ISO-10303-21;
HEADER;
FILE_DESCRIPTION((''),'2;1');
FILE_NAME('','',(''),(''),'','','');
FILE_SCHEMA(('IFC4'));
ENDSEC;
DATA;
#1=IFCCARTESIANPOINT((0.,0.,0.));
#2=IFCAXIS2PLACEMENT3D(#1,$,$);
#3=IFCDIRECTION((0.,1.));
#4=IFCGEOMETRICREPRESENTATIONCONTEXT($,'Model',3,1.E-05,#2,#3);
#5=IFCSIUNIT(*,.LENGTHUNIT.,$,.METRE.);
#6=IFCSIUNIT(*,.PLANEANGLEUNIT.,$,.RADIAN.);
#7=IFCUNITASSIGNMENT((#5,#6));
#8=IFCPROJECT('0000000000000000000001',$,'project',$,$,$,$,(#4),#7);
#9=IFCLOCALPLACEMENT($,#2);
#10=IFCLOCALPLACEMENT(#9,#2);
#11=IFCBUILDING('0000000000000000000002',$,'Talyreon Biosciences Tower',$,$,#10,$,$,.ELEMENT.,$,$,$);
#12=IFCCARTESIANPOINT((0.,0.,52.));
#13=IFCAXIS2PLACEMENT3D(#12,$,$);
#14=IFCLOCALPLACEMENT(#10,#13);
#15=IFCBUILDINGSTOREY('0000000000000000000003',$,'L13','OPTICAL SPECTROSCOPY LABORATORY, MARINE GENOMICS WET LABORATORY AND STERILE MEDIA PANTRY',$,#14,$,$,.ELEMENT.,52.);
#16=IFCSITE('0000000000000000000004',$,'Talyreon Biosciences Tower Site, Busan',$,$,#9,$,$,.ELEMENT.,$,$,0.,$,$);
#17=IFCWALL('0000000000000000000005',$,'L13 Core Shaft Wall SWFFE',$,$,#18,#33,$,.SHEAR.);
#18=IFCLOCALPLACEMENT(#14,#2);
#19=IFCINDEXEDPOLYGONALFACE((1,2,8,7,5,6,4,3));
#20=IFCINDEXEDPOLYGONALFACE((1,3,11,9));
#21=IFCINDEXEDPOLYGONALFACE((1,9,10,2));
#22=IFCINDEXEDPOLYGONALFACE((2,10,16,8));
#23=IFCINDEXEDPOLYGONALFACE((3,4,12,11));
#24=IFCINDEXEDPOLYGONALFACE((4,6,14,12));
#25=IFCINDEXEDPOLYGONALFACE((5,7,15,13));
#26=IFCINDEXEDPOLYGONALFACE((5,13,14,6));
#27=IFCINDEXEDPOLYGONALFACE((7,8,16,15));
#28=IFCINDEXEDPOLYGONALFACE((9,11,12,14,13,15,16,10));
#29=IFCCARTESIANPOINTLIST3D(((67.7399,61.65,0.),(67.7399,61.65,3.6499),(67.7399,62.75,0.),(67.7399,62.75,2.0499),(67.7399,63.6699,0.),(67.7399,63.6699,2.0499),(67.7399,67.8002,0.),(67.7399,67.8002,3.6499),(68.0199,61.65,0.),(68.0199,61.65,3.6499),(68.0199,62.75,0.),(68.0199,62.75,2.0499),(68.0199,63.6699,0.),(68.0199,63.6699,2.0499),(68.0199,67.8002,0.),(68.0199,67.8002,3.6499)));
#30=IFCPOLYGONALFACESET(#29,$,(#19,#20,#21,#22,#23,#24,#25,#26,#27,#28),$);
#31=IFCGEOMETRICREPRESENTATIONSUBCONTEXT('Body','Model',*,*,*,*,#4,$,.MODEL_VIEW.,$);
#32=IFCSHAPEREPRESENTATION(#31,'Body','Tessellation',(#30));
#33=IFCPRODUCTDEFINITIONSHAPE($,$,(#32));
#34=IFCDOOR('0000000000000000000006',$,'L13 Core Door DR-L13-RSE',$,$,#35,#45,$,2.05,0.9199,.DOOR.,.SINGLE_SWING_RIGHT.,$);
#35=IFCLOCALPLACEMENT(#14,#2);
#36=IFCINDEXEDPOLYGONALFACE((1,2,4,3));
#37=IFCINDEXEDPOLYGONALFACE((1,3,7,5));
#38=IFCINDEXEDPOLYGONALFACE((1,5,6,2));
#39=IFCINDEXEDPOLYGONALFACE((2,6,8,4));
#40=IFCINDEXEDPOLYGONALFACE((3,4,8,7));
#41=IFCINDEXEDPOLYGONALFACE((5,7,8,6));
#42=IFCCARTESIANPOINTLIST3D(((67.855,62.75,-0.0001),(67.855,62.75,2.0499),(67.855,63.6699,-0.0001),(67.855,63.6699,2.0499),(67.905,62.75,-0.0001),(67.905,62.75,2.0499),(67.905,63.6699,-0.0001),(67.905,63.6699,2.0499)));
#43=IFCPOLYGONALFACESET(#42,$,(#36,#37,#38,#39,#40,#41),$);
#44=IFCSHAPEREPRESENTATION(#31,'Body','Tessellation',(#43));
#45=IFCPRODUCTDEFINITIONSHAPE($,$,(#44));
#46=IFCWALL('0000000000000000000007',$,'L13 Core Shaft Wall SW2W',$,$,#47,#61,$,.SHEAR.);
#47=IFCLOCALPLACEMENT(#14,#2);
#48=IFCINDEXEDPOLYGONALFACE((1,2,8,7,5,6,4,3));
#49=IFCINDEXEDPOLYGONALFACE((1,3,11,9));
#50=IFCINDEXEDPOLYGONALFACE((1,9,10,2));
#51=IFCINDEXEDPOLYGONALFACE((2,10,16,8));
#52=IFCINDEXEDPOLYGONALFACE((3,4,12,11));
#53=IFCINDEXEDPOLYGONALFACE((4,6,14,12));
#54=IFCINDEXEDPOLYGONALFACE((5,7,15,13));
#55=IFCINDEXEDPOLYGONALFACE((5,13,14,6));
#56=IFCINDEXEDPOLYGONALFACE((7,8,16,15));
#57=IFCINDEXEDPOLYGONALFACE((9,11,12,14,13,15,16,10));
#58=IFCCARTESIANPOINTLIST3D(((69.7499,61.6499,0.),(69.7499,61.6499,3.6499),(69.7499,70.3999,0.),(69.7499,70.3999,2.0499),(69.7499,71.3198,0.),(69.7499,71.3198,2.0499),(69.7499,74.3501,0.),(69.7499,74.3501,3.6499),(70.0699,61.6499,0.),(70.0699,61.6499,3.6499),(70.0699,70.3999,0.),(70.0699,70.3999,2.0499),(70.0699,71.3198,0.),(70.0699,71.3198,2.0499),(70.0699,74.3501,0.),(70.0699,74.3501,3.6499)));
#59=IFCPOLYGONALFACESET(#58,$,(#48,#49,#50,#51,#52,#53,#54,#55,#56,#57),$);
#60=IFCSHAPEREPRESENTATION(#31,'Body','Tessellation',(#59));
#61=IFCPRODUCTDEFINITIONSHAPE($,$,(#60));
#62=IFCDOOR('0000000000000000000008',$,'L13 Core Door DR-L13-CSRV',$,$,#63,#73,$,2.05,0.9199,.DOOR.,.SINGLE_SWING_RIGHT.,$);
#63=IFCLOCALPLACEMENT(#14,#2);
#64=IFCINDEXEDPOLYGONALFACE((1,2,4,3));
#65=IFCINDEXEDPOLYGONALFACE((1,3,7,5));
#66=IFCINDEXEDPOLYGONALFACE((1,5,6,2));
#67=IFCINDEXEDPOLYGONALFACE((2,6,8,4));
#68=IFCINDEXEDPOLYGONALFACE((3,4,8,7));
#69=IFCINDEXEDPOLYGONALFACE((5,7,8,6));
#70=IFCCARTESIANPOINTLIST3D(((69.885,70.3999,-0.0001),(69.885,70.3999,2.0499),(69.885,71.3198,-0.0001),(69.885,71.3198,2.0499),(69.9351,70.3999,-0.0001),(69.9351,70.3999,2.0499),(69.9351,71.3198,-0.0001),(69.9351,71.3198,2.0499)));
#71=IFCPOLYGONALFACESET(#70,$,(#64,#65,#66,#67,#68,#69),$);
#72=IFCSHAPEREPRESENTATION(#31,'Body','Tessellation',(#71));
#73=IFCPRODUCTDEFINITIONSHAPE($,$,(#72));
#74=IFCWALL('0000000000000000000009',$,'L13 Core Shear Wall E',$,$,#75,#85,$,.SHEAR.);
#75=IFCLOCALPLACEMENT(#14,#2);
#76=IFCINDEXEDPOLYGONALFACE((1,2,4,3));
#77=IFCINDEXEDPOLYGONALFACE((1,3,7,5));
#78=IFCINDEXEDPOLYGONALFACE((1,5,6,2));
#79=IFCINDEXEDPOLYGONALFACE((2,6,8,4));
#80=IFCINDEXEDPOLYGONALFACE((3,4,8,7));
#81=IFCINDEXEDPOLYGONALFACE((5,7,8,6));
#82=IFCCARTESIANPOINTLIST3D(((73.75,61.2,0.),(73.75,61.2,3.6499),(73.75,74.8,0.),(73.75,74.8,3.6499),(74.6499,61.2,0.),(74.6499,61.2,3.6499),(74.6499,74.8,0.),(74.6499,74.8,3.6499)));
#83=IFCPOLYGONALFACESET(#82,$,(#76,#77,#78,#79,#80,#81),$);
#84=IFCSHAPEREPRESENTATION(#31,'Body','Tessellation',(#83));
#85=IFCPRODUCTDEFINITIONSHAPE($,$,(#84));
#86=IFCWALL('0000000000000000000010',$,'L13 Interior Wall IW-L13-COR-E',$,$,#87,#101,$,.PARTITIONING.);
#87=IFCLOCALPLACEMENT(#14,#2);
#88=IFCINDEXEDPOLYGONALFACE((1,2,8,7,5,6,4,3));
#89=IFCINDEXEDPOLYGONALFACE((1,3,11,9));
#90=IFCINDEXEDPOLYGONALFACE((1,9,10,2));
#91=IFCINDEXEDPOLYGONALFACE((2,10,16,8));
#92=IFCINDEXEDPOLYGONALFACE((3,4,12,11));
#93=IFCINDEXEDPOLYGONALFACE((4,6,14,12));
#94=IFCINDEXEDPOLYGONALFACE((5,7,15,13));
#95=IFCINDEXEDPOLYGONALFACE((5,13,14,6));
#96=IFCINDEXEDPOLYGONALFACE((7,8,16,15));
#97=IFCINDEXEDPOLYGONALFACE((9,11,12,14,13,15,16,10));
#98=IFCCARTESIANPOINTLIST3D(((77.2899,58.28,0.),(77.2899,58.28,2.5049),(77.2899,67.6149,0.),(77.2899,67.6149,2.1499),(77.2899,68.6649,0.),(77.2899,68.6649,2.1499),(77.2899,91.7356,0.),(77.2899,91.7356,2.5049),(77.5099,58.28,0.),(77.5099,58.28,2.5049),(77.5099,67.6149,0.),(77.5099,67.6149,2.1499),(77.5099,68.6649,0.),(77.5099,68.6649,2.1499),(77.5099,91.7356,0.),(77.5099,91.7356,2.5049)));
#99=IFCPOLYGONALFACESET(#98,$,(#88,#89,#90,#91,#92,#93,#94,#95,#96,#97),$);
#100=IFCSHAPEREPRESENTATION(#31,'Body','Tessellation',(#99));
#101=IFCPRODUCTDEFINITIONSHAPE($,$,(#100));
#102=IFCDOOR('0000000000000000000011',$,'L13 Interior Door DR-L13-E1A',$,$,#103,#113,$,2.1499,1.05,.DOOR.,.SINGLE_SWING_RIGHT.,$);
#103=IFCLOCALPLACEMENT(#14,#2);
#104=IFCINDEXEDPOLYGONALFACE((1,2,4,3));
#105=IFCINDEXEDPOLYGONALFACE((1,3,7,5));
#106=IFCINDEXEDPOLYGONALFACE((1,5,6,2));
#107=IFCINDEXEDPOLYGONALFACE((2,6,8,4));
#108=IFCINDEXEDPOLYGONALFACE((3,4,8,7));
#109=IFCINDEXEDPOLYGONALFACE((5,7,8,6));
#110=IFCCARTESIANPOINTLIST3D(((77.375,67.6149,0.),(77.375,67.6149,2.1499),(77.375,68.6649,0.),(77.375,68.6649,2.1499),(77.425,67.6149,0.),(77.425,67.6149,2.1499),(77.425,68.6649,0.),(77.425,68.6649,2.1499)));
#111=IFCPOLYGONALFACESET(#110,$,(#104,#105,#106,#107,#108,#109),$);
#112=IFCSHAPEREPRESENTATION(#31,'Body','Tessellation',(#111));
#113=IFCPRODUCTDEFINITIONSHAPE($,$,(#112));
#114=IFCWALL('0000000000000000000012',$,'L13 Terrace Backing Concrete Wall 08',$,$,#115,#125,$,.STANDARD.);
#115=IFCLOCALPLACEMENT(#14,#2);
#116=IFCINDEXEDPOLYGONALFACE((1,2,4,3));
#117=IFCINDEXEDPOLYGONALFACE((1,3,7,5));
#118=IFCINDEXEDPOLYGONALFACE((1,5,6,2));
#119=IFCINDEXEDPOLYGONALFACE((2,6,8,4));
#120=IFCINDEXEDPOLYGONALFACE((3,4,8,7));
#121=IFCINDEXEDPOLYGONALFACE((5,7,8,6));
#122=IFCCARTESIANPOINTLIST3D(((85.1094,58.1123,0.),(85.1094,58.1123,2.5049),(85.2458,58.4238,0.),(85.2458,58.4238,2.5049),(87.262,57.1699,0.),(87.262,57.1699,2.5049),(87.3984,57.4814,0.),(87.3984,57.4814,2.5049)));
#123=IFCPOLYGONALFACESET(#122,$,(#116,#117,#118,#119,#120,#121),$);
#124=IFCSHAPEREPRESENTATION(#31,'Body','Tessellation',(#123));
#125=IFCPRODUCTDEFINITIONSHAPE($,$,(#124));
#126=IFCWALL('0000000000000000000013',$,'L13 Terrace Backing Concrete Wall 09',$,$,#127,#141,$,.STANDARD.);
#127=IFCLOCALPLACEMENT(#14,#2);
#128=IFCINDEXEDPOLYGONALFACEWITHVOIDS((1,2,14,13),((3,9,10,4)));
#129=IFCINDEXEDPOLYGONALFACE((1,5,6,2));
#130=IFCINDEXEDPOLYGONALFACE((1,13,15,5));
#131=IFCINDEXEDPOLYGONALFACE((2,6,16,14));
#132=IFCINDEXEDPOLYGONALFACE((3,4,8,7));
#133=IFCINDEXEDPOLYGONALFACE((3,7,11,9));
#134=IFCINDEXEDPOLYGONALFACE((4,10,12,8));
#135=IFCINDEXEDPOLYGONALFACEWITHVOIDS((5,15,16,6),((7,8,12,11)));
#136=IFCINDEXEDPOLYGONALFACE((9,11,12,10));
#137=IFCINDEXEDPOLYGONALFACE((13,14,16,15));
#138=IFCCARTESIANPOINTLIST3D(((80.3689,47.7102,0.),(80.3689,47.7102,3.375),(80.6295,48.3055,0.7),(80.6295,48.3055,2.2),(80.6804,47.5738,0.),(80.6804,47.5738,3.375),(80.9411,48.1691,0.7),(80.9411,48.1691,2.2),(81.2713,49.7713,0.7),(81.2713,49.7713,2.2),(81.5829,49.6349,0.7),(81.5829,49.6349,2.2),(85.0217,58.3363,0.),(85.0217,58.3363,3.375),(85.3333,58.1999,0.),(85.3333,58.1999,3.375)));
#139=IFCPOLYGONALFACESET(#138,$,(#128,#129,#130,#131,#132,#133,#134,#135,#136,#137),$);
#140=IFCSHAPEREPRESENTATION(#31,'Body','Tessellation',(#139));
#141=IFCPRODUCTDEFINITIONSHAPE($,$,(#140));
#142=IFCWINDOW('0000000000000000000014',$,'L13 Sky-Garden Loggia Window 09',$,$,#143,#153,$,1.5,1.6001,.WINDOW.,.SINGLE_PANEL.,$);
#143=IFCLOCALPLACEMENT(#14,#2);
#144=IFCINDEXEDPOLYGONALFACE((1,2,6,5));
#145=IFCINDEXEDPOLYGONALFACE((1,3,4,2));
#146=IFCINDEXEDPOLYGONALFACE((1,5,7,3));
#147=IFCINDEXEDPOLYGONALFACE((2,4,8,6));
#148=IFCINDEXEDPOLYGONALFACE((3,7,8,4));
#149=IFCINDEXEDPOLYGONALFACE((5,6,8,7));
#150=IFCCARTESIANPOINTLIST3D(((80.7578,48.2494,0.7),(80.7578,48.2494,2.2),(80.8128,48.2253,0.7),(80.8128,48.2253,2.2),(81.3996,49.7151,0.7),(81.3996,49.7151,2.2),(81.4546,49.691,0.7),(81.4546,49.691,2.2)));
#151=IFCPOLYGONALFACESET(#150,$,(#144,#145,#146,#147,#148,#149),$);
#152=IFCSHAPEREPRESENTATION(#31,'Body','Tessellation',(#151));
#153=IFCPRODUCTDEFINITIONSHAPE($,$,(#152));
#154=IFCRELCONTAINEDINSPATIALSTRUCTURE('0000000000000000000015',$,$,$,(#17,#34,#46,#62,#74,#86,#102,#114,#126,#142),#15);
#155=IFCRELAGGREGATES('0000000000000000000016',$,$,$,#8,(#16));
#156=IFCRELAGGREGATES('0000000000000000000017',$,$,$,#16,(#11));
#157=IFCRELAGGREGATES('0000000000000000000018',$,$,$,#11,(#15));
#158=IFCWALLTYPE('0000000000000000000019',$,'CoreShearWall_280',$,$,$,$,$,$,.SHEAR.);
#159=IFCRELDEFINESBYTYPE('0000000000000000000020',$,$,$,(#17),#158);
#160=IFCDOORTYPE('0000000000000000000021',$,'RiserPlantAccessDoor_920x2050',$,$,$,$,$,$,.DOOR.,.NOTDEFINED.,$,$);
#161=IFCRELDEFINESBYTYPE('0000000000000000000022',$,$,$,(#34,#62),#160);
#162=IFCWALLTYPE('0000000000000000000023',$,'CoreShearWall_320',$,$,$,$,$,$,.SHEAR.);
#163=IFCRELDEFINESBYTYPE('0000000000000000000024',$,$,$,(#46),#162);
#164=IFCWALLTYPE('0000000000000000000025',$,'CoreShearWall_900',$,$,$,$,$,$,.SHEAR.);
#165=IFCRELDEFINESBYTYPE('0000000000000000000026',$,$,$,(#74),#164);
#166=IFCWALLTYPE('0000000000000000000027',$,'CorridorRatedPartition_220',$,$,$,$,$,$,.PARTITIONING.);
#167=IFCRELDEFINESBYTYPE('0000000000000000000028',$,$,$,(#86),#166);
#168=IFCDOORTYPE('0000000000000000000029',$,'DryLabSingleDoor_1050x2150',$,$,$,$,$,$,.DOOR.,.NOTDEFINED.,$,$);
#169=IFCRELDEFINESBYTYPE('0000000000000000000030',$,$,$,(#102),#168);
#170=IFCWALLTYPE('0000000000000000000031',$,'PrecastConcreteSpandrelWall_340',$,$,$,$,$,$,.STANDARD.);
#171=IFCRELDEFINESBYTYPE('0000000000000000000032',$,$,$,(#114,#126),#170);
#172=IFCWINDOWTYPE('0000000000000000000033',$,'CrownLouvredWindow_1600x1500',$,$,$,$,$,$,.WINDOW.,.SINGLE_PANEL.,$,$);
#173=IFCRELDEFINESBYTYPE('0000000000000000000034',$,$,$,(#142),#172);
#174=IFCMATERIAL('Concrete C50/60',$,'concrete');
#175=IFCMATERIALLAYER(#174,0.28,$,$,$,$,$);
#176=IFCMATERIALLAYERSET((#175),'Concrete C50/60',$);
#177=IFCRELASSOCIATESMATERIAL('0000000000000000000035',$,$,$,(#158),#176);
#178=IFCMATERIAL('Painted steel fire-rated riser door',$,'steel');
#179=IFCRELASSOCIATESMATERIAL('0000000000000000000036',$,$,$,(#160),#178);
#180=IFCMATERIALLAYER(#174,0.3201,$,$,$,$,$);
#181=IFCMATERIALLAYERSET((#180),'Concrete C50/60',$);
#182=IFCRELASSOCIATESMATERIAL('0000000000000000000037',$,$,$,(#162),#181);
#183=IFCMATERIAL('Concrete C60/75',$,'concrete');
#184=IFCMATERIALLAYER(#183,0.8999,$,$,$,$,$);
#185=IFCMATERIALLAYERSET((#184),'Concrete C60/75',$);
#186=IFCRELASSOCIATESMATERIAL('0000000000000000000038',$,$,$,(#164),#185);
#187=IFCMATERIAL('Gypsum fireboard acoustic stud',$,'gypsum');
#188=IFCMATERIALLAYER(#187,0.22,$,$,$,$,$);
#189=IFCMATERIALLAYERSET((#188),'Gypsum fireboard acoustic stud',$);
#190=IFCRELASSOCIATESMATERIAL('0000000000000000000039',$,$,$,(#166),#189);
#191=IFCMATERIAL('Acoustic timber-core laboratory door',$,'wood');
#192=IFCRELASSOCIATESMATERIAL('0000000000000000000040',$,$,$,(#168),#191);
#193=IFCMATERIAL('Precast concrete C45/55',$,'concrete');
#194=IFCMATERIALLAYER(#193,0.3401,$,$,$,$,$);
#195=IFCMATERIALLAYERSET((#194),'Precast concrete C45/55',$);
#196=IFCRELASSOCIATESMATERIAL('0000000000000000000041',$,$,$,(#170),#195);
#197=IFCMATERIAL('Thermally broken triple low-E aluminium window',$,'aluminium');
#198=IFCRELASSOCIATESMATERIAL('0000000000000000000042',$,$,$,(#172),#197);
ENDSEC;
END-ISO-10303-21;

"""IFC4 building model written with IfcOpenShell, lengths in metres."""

from ifc_helpers import new_model, si_unit, direction, frame, frame_2d, origin, place, context, subcontext, project, spatial, rectangle, extrude, material, layer, layer_set, type_object, element, fill, save


model = new_model("IFC4")

# Units and contexts
model_context = context("Model", 3, precision=1e-05, world=origin(), true_north=direction((0.0, 1.0)))
body_context = subcontext(model_context, "Body", "Model", "MODEL_VIEW")
ifc_project = project(units=[si_unit("LENGTHUNIT", "METRE"), si_unit("PLANEANGLEUNIT", "RADIAN")], contexts=[model_context])

# Site, building, storey
site_placement = place(None, origin())
site = spatial("IfcSite", under=ifc_project, at=site_placement, Name="Talyreon Biosciences Tower Site, Busan", CompositionType="ELEMENT", RefElevation=0.0)
building_placement = place(site_placement, origin())
building = spatial("IfcBuilding", under=site, at=building_placement, Name="Talyreon Biosciences Tower", CompositionType="ELEMENT")
storey_placement = place(building_placement, frame((0.0, 0.0, 52.0)))
storey = spatial("IfcBuildingStorey", under=building, at=storey_placement, Name="L13", Description="OPTICAL SPECTROSCOPY LABORATORY, MARINE GENOMICS WET LABORATORY AND STERILE MEDIA PANTRY", CompositionType="ELEMENT", Elevation=52.0)

# Shared definitions
ifc_material_1 = material(Name="Concrete C60/75", Category="concrete")

# Walls, openings, doors
ifc_material_2 = material(Name="Concrete C50/60", Category="concrete")
ifc_layer_1 = layer(ifc_material_2, 0.28)
ifc_layer_set_1 = layer_set([ifc_layer_1], Name="Concrete C50/60")
wall_type_1 = type_object("IfcWallType", Name="CoreShearWall_280", PredefinedType="SHEAR", material=ifc_layer_set_1)
wall_1_placement = place(storey_placement, frame((67.8799, 61.6499, 0.0), z_axis=(0.0, 0.0, 1.0), x_axis=(0.0, 1.0, 0.0)))
wall_1 = element("IfcWall", 1, at=wall_1_placement, inside=storey, type_object=wall_type_1, Name="L13 Core Shaft Wall SWFFE", PredefinedType="SHEAR", context=body_context, shape_type="SweptSolid", body=[
    extrude(rectangle(XDim=6.1501, YDim=0.28, at=frame_2d((3.0752, 0.0))), origin(), (0.0, 0.0, 1.0), 3.6499),
])
opening_1_placement = place(wall_1_placement, frame((1.1001, 0.0, 0.0)))
opening_1 = element("IfcOpeningElement", 2, at=opening_1_placement, cuts=wall_1, PredefinedType="OPENING", context=body_context, shape_type="SweptSolid", body=[
    extrude(rectangle(XDim=0.9199, YDim=2.05, at=frame_2d((0.46, 1.0249))), frame((0.0, 0.1499, 0.0), z_axis=(0.0, -1.0, 0.0), x_axis=(1.0, 0.0, 0.0)), (0.0, 0.0, 1.0), 0.3),
])
ifc_material_3 = material(Name="Painted steel fire-rated riser door", Category="steel")
door_type_1 = type_object("IfcDoorType", Name="RiserPlantAccessDoor_920x2050", OperationType="NOTDEFINED", PredefinedType="DOOR", material=ifc_material_3)
door_1_placement = place(opening_1_placement, origin())
door_1 = element("IfcDoor", 3, at=door_1_placement, inside=storey, type_object=door_type_1, Name="L13 Core Door DR-L13-RSE", OperationType="SINGLE_SWING_RIGHT", OverallHeight=2.05, OverallWidth=0.9199, PredefinedType="DOOR", context=body_context, shape_type="SweptSolid", body=[
    extrude(rectangle(XDim=0.9199, YDim=2.05, at=frame_2d((0.46, 1.0249))), frame((0.0, 0.0249, 0.0), z_axis=(0.0, -1.0, 0.0), x_axis=(1.0, 0.0, 0.0)), (0.0, 0.0, 1.0), 0.05),
])
fill(opening_1, door_1)
ifc_layer_2 = layer(ifc_material_2, 0.3201)
ifc_layer_set_2 = layer_set([ifc_layer_2], Name="Concrete C50/60")
wall_type_2 = type_object("IfcWallType", Name="CoreShearWall_320", PredefinedType="SHEAR", material=ifc_layer_set_2)
wall_2_placement = place(storey_placement, frame((69.9099, 61.6499, 0.0), z_axis=(0.0, 0.0, 1.0), x_axis=(0.0, 1.0, 0.0)))
wall_2 = element("IfcWall", 4, at=wall_2_placement, inside=storey, type_object=wall_type_2, Name="L13 Core Shaft Wall SW2W", PredefinedType="SHEAR", context=body_context, shape_type="SweptSolid", body=[
    extrude(rectangle(XDim=12.7002, YDim=0.3201, at=frame_2d((6.3501, 0.0))), origin(), (0.0, 0.0, 1.0), 3.6499),
])
opening_2_placement = place(wall_2_placement, frame((8.75, 0.0, 0.0)))
opening_2 = element("IfcOpeningElement", 5, at=opening_2_placement, cuts=wall_2, PredefinedType="OPENING", context=body_context, shape_type="SweptSolid", body=[
    extrude(rectangle(XDim=0.9199, YDim=2.05, at=frame_2d((0.46, 1.0249))), frame((0.0, 0.1699, 0.0), z_axis=(0.0, -1.0, 0.0), x_axis=(1.0, 0.0, 0.0)), (0.0, 0.0, 1.0), 0.3401),
])
door_2_placement = place(opening_2_placement, origin())
door_2 = element("IfcDoor", 6, at=door_2_placement, inside=storey, type_object=door_type_1, Name="L13 Core Door DR-L13-CSRV", OperationType="SINGLE_SWING_RIGHT", OverallHeight=2.05, OverallWidth=0.9199, PredefinedType="DOOR", context=body_context, shape_type="SweptSolid", body=[
    extrude(rectangle(XDim=0.9199, YDim=2.05, at=frame_2d((0.46, 1.0249))), frame((0.0, 0.0249, 0.0), z_axis=(0.0, -1.0, 0.0), x_axis=(1.0, 0.0, 0.0)), (0.0, 0.0, 1.0), 0.05),
])
fill(opening_2, door_2)

# Wall
ifc_layer_3 = layer(ifc_material_1, 0.8999)
ifc_layer_set_3 = layer_set([ifc_layer_3], Name="Concrete C60/75")
wall_type_3 = type_object("IfcWallType", Name="CoreShearWall_900", PredefinedType="SHEAR", material=ifc_layer_set_3)
wall_3_placement = place(storey_placement, frame((74.2, 61.2, 0.0), z_axis=(0.0, 0.0, 1.0), x_axis=(0.0, 1.0, 0.0)))
element("IfcWall", 7, at=wall_3_placement, inside=storey, type_object=wall_type_3, Name="L13 Core Shear Wall E", PredefinedType="SHEAR", context=body_context, shape_type="SweptSolid", body=[
    extrude(rectangle(XDim=13.6001, YDim=0.8999, at=frame_2d((6.8, 0.0))), origin(), (0.0, 0.0, 1.0), 3.6499),
])

# Wall, opening, door
ifc_material_4 = material(Name="Gypsum fireboard acoustic stud", Category="gypsum")
ifc_layer_4 = layer(ifc_material_4, 0.22)
ifc_layer_set_4 = layer_set([ifc_layer_4], Name="Gypsum fireboard acoustic stud")
wall_type_4 = type_object("IfcWallType", Name="CorridorRatedPartition_220", PredefinedType="PARTITIONING", material=ifc_layer_set_4)
wall_4_placement = place(storey_placement, frame((77.3999, 58.28, 0.0), z_axis=(0.0, 0.0, 1.0), x_axis=(0.0, 1.0, 0.0)))
wall_4 = element("IfcWall", 8, at=wall_4_placement, inside=storey, type_object=wall_type_4, Name="L13 Interior Wall IW-L13-COR-E", PredefinedType="PARTITIONING", context=body_context, shape_type="SweptSolid", body=[
    extrude(rectangle(XDim=33.4556, YDim=0.22, at=frame_2d((16.7278, 0.0))), origin(), (0.0, 0.0, 1.0), 2.5049),
])
opening_3_placement = place(wall_4_placement, frame((9.335, 0.0, 0.0)))
opening_3 = element("IfcOpeningElement", 9, at=opening_3_placement, cuts=wall_4, PredefinedType="OPENING", context=body_context, shape_type="SweptSolid", body=[
    extrude(rectangle(XDim=1.05, YDim=2.1499, at=frame_2d((0.5249, 1.075))), frame((0.0, 0.1199, 0.0), z_axis=(0.0, -1.0, 0.0), x_axis=(1.0, 0.0, 0.0)), (0.0, 0.0, 1.0), 0.24),
])
ifc_material_5 = material(Name="Acoustic timber-core laboratory door", Category="wood")
door_type_2 = type_object("IfcDoorType", Name="DryLabSingleDoor_1050x2150", OperationType="NOTDEFINED", PredefinedType="DOOR", material=ifc_material_5)
door_3_placement = place(opening_3_placement, origin())
door_3 = element("IfcDoor", 10, at=door_3_placement, inside=storey, type_object=door_type_2, Name="L13 Interior Door DR-L13-E1A", OperationType="SINGLE_SWING_RIGHT", OverallHeight=2.1499, OverallWidth=1.05, PredefinedType="DOOR", context=body_context, shape_type="SweptSolid", body=[
    extrude(rectangle(XDim=1.05, YDim=2.1499, at=frame_2d((0.5249, 1.075))), frame((0.0, 0.0249, 0.0), z_axis=(0.0, -1.0, 0.0), x_axis=(1.0, 0.0, 0.0)), (0.0, 0.0, 1.0), 0.05),
])
fill(opening_3, door_3)

# Wall
ifc_material_6 = material(Name="Precast concrete C45/55", Category="concrete")
ifc_layer_5 = layer(ifc_material_6, 0.3401)
ifc_layer_set_5 = layer_set([ifc_layer_5], Name="Precast concrete C45/55")
wall_type_5 = type_object("IfcWallType", Name="PrecastConcreteSpandrelWall_340", PredefinedType="STANDARD", material=ifc_layer_set_5)
wall_5_placement = place(storey_placement, frame((87.3301, 57.3257, 0.0), z_axis=(0.0, 0.0, 1.0), x_axis=(-0.91606, 0.401042, 0.0)))
element("IfcWall", 11, at=wall_5_placement, inside=storey, type_object=wall_type_5, Name="L13 Terrace Backing Concrete Wall 08", PredefinedType="STANDARD", context=body_context, shape_type="SweptSolid", body=[
    extrude(rectangle(XDim=2.3499, YDim=0.3401, at=frame_2d((1.1748, 0.0))), origin(), (0.0, 0.0, 1.0), 2.5049),
])

# Wall, opening, window
wall_6_placement = place(storey_placement, frame((85.1775, 58.2681, 0.0), z_axis=(0.0, 0.0, 1.0), x_axis=(-0.401106, -0.916032, 0.0)))
wall_6 = element("IfcWall", 12, at=wall_6_placement, inside=storey, type_object=wall_type_5, Name="L13 Terrace Backing Concrete Wall 09", PredefinedType="STANDARD", context=body_context, shape_type="SweptSolid", body=[
    extrude(rectangle(XDim=11.6001, YDim=0.3401, at=frame_2d((5.8, 0.0))), origin(), (0.0, 0.0, 1.0), 3.375),
])
opening_4_placement = place(wall_6_placement, frame((9.3501, 0.0, 0.7)))
opening_4 = element("IfcOpeningElement", 13, at=opening_4_placement, cuts=wall_6, PredefinedType="OPENING", context=body_context, shape_type="SweptSolid", body=[
    extrude(rectangle(XDim=1.6001, YDim=1.5, at=frame_2d((0.8, 0.75))), frame((0.0, 0.1799, 0.0), z_axis=(0.0, -1.0, 0.0), x_axis=(1.0, 0.0, 0.0)), (0.0, 0.0, 1.0), 0.3601),
])
ifc_material_7 = material(Name="Thermally broken triple low-E aluminium window", Category="aluminium")
window_type = type_object("IfcWindowType", Name="CrownLouvredWindow_1600x1500", PartitioningType="SINGLE_PANEL", PredefinedType="WINDOW", material=ifc_material_7)
window_placement = place(opening_4_placement, origin())
window = element("IfcWindow", 14, at=window_placement, inside=storey, type_object=window_type, Name="L13 Sky-Garden Loggia Window 09", OverallHeight=1.5, OverallWidth=1.6001, PartitioningType="SINGLE_PANEL", PredefinedType="WINDOW", context=body_context, shape_type="SweptSolid", body=[
    extrude(rectangle(XDim=1.6001, YDim=1.5, at=frame_2d((0.8, 0.75))), frame((0.0, 0.03, 0.0), z_axis=(0.0, -1.0, 0.0), x_axis=(1.0, 0.0, 0.0)), (0.0, 0.0, 1.0), 0.0601),
])
fill(opening_4, window)

save(model, "model.ifc")
